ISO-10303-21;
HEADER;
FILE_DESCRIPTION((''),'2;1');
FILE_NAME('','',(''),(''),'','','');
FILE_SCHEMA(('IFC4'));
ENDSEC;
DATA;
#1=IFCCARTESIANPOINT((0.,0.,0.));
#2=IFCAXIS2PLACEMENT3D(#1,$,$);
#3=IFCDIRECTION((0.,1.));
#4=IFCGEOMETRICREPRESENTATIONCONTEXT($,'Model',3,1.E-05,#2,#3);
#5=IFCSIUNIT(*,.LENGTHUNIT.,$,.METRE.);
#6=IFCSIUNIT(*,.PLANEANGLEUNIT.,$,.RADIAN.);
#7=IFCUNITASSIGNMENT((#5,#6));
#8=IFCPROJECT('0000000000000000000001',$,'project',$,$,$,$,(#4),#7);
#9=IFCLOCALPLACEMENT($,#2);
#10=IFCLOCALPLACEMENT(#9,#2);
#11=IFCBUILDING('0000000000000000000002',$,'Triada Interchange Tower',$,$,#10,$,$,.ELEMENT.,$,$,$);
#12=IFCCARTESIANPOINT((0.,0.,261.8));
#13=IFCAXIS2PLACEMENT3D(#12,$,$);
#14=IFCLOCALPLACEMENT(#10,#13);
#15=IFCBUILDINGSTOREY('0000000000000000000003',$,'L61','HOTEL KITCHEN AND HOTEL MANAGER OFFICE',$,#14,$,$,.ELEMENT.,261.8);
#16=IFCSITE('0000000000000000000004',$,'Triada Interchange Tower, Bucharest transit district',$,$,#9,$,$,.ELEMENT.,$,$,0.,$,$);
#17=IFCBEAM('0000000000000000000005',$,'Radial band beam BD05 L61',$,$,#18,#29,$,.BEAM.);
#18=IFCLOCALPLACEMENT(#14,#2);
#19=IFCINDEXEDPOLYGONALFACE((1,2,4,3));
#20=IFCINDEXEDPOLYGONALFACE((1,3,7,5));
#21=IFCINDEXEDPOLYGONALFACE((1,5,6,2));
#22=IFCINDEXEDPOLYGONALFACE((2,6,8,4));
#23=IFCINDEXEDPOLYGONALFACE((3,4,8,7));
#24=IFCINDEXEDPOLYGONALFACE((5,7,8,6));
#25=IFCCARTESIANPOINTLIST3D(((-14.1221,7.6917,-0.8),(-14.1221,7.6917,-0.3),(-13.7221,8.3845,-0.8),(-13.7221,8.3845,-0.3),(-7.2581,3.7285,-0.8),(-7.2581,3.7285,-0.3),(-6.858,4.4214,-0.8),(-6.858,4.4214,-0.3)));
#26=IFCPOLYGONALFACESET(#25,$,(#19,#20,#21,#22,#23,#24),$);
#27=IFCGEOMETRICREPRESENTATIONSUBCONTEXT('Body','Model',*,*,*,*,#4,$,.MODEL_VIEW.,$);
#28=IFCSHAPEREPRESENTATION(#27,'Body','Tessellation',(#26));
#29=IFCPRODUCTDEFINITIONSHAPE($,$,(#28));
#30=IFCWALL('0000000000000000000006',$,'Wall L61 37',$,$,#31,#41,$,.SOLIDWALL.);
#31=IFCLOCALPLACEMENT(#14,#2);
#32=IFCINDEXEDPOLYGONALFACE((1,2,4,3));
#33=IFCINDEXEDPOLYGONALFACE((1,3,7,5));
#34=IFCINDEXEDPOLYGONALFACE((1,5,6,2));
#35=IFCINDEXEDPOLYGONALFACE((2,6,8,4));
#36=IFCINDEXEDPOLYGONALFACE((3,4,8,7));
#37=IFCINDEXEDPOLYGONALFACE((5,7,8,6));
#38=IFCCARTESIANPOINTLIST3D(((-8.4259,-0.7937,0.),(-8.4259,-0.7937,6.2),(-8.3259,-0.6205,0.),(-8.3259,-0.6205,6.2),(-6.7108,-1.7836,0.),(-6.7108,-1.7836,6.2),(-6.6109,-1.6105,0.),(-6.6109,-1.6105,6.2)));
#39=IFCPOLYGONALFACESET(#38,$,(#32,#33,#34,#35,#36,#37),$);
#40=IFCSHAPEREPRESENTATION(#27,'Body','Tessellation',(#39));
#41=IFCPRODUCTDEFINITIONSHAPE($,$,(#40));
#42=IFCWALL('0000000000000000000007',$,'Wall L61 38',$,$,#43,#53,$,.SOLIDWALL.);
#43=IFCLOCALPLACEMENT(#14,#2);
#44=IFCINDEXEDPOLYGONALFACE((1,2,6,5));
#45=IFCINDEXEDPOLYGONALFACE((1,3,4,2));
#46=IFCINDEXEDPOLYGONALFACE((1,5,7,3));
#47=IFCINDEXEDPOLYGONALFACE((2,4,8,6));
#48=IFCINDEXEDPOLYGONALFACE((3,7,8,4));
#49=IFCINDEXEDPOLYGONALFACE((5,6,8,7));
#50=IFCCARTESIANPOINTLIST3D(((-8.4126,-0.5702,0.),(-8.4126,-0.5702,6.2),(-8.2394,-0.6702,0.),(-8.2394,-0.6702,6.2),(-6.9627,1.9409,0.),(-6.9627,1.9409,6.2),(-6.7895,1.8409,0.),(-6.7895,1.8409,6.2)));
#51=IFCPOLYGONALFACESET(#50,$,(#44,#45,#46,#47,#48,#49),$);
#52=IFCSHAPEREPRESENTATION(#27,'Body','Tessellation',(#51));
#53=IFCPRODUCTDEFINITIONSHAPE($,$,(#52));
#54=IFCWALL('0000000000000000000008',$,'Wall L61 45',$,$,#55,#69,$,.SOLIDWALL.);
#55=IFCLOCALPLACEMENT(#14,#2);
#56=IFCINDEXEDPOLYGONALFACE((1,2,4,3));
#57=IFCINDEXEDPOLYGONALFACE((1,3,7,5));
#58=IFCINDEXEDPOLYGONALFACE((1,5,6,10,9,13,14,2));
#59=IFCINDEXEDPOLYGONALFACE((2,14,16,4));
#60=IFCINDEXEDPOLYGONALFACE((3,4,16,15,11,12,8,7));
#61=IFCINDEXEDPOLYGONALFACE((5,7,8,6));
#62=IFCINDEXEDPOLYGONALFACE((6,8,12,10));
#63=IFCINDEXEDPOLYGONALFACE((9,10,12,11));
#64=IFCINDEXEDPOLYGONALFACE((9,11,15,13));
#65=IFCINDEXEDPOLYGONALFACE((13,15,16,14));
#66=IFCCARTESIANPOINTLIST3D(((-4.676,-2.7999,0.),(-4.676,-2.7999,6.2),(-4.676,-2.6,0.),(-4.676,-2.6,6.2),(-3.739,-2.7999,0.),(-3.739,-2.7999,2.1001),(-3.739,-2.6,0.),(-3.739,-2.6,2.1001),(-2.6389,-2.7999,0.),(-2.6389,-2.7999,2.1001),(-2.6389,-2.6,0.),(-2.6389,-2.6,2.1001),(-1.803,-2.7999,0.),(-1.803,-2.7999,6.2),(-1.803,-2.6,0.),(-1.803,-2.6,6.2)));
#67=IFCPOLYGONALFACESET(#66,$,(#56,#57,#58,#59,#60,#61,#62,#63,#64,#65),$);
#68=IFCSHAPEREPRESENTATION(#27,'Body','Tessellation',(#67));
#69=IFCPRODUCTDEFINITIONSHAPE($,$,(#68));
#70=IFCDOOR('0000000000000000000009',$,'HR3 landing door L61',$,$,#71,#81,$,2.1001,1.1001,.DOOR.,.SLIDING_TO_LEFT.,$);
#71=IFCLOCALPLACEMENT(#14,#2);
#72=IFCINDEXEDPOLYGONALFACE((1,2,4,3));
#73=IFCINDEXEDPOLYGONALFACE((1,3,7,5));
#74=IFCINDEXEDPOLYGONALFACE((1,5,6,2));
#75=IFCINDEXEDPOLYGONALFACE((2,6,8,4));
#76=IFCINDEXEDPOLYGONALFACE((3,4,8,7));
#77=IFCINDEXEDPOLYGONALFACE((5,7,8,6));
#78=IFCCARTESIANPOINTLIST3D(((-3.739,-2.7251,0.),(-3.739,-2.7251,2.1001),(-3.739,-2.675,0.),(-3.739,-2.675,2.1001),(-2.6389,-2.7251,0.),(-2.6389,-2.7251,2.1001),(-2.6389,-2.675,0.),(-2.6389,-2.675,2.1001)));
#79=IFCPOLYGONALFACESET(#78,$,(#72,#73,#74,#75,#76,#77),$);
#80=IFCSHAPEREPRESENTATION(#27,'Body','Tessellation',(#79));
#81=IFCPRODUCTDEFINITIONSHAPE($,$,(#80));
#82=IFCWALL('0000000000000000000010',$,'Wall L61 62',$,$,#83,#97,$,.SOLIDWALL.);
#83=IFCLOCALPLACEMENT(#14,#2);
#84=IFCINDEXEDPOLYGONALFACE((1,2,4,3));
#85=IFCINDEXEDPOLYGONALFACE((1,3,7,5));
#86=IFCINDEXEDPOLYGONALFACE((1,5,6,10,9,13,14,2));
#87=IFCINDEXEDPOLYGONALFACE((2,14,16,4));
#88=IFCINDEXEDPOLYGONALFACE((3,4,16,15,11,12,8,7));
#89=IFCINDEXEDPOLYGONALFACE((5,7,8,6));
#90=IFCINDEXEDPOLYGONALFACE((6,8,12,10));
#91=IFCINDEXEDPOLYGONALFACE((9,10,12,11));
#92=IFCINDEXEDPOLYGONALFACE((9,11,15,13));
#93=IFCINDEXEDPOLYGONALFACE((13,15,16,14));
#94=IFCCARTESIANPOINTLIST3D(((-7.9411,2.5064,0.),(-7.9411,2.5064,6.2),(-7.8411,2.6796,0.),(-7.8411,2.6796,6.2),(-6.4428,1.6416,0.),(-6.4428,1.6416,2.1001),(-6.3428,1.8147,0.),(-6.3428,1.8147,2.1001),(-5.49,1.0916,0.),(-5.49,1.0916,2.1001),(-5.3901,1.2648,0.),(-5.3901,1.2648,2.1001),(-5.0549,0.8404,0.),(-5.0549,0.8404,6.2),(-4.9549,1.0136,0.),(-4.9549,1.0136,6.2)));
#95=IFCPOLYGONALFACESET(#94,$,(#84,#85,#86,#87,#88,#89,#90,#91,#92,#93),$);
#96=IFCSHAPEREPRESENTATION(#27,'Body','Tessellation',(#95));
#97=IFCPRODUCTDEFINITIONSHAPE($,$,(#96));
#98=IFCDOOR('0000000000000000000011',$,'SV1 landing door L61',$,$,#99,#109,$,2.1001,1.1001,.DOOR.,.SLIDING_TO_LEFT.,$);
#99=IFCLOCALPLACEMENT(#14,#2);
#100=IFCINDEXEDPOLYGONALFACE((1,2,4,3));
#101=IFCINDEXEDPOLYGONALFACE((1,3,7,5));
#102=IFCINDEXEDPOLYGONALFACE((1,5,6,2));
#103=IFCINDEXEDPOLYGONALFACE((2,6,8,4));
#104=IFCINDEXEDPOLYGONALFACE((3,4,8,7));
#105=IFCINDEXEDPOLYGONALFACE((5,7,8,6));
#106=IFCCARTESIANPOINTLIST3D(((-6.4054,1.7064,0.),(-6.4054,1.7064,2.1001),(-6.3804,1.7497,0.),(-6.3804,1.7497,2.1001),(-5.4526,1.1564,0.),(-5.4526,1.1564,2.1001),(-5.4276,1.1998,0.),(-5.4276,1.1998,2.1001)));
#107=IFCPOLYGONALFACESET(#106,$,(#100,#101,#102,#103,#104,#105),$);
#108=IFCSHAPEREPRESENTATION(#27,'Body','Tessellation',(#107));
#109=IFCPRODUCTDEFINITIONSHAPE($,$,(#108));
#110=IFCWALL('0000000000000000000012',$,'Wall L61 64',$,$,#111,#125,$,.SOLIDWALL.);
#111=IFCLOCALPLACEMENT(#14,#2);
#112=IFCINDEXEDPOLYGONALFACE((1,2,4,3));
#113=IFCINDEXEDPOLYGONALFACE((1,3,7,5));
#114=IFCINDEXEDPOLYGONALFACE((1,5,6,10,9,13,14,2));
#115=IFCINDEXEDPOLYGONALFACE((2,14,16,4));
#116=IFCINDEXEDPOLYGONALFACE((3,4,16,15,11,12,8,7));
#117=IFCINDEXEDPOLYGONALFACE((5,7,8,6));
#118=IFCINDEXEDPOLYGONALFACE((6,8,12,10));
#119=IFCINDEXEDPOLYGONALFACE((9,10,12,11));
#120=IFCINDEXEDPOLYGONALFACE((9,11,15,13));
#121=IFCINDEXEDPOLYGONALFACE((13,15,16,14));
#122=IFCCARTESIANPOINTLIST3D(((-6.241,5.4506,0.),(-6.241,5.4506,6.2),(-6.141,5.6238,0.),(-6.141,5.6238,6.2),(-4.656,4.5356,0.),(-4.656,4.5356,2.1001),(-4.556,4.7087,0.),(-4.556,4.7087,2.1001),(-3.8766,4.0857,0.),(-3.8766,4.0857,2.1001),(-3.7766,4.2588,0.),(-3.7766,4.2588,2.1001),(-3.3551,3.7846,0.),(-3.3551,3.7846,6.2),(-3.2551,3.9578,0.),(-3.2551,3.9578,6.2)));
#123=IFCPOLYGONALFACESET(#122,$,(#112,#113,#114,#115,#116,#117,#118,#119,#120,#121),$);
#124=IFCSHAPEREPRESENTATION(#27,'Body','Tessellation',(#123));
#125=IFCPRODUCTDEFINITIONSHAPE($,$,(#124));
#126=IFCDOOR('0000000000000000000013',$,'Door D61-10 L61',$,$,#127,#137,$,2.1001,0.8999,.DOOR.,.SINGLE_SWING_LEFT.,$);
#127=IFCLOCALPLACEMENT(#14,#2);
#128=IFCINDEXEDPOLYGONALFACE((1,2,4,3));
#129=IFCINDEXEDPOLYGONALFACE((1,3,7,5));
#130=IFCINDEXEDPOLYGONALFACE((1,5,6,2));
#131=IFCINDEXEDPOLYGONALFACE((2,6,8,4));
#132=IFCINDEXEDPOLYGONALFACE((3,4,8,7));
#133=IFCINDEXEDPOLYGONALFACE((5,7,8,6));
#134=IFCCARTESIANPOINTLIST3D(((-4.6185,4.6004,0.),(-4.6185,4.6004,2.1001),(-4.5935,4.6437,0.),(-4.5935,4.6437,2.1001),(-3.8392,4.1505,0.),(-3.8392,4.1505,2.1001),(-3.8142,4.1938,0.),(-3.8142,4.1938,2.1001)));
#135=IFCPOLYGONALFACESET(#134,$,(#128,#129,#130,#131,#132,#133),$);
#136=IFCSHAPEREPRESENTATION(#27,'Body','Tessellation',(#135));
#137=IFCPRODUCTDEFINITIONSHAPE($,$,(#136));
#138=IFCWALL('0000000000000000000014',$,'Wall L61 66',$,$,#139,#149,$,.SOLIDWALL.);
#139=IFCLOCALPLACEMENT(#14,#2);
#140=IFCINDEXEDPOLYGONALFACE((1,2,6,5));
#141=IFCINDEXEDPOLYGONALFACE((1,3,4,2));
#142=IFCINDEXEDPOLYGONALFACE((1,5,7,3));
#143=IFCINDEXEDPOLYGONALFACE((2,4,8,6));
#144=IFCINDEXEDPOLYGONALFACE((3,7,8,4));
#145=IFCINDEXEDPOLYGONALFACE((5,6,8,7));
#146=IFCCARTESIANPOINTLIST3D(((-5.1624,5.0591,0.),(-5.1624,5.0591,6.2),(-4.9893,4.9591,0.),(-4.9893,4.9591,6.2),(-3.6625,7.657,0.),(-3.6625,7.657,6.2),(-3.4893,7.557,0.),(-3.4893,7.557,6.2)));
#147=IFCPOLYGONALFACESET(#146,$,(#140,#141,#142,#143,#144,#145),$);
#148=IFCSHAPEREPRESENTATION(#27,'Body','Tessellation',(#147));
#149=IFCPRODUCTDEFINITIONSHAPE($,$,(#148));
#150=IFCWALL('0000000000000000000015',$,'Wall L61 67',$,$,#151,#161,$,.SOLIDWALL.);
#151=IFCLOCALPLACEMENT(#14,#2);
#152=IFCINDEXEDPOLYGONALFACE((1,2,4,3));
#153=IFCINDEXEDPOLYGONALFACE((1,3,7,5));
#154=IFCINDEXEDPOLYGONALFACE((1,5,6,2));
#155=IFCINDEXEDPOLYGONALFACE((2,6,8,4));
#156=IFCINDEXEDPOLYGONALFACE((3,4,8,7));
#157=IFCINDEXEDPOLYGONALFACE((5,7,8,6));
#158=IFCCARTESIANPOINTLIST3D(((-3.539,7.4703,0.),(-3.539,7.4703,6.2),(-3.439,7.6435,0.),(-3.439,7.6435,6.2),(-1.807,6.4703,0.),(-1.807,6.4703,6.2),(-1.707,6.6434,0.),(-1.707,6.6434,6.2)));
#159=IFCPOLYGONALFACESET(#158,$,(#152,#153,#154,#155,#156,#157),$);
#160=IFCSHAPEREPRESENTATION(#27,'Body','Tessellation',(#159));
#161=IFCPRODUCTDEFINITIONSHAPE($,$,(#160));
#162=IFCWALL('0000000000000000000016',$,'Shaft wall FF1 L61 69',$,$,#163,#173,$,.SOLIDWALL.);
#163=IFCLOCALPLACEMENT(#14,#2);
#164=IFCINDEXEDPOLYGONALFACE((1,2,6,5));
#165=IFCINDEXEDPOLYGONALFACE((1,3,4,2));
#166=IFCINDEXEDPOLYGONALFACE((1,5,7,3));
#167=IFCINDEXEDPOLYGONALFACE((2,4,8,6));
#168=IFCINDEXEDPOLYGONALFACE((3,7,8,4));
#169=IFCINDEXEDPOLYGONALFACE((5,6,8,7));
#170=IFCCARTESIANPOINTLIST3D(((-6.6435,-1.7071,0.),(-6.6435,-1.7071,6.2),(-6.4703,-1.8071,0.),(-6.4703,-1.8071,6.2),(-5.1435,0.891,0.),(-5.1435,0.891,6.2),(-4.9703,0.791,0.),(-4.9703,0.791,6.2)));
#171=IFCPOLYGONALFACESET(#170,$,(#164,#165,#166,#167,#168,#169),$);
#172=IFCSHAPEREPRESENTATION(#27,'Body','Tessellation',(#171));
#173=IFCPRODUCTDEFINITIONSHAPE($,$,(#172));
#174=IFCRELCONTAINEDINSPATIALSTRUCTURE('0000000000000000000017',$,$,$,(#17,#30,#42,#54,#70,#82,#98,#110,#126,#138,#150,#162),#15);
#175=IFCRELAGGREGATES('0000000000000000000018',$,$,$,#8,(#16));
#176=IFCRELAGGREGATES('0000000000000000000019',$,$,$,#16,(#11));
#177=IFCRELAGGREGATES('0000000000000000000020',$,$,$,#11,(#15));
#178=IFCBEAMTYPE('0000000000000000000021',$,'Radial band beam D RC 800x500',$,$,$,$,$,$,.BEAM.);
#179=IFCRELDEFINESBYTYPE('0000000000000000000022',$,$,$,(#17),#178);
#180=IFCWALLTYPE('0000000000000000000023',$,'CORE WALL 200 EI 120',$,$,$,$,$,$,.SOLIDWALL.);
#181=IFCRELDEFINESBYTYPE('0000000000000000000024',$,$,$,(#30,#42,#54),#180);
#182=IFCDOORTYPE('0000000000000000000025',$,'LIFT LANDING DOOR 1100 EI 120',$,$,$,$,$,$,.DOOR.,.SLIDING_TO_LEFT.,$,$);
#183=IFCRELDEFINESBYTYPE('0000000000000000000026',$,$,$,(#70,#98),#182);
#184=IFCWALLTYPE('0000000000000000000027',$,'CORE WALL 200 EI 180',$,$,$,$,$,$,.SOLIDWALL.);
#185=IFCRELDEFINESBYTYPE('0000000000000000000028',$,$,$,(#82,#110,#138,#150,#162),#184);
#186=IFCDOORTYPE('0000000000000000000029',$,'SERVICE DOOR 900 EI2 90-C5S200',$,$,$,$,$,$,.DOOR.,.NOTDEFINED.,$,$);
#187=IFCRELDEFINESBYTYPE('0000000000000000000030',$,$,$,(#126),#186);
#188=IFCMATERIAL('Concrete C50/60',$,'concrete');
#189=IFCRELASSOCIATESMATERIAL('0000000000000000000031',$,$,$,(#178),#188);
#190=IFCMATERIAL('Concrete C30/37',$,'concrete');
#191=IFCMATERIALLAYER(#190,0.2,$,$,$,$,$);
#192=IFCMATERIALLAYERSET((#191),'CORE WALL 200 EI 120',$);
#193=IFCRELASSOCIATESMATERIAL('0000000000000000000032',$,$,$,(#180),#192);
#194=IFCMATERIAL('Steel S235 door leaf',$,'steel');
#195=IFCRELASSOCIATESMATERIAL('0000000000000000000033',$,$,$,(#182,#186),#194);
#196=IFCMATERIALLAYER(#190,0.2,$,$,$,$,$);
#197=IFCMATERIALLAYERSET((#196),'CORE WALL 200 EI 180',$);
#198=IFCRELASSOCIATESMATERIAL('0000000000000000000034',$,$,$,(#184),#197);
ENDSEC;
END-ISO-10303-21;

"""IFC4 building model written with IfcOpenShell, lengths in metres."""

from ifc_helpers import new_model, si_unit, direction, frame, frame_2d, origin, origin_2d, place, context, subcontext, project, spatial, rectangle, extrude, material, layer, layer_set, material_profile, profile_set, type_object, element, fill, save


model = new_model("IFC4")

# Units and contexts
model_context = context("Model", 3, precision=1e-05, world=origin(), true_north=direction((0.0, 1.0)))
body_context = subcontext(model_context, "Body", "Model", "MODEL_VIEW")
ifc_project = project(units=[si_unit("LENGTHUNIT", "METRE"), si_unit("PLANEANGLEUNIT", "RADIAN")], contexts=[model_context])

# Site, building, storey
site_placement = place(None, origin())
site = spatial("IfcSite", under=ifc_project, at=site_placement, Name="Triada Interchange Tower, Bucharest transit district", CompositionType="ELEMENT", RefElevation=0.0)
building_placement = place(site_placement, origin())
building = spatial("IfcBuilding", under=site, at=building_placement, Name="Triada Interchange Tower", CompositionType="ELEMENT")
storey_placement = place(building_placement, frame((0.0, 0.0, 261.8)))
storey = spatial("IfcBuildingStorey", under=building, at=storey_placement, Name="L61", Description="HOTEL KITCHEN AND HOTEL MANAGER OFFICE", CompositionType="ELEMENT", Elevation=261.8)

# Beam
ifc_material_1 = material(Name="Concrete C50/60", Category="concrete")
ifc_material_profile = material_profile(ifc_material_1, rectangle(XDim=0.8, YDim=0.5, at=origin_2d()), Name="RC 800x500")
ifc_profile_set = profile_set([ifc_material_profile], Name="Concrete C50/60")
beam_type = type_object("IfcBeamType", Name="Radial band beam D RC 800x500", PredefinedType="BEAM", material=ifc_profile_set)
beam_placement = place(storey_placement, frame((-13.9221, 8.0381, -0.55), z_axis=(0.866015, -0.500018, 0.0), x_axis=(0.500018, 0.866015, 0.0)))
element("IfcBeam", 1, at=beam_placement, inside=storey, type_object=beam_type, Name="Radial band beam BD05 L61", PredefinedType="BEAM", context=body_context, shape_type="SweptSolid", body=[
    extrude(rectangle(XDim=0.8, YDim=0.5, at=origin_2d()), origin(), (0.0, 0.0, 1.0), 7.926),
])

# Walls
ifc_material_2 = material(Name="Concrete C30/37", Category="concrete")
ifc_layer_1 = layer(ifc_material_2, 0.2)
ifc_layer_set_1 = layer_set([ifc_layer_1], Name="CORE WALL 200 EI 120")
wall_type_1 = type_object("IfcWallType", Name="CORE WALL 200 EI 120", PredefinedType="SOLIDWALL", material=ifc_layer_set_1)
wall_1_placement = place(storey_placement, frame((-8.376, -0.707, 0.0), z_axis=(0.0, 0.0, 1.0), x_axis=(0.866073, -0.499918, 0.0)))
element("IfcWall", 2, at=wall_1_placement, inside=storey, type_object=wall_type_1, Name="Wall L61 37", PredefinedType="SOLIDWALL", context=body_context, shape_type="SweptSolid", body=[
    extrude(rectangle(XDim=1.9802, YDim=0.2, at=frame_2d((0.9902, 0.0))), origin(), (0.0, 0.0, 1.0), 6.2),
])
wall_2_placement = place(storey_placement, frame((-8.3259, -0.6201, 0.0), z_axis=(0.0, 0.0, 1.0), x_axis=(0.500024, 0.866012, 0.0)))
element("IfcWall", 3, at=wall_2_placement, inside=storey, type_object=wall_type_1, Name="Wall L61 38", PredefinedType="SOLIDWALL", context=body_context, shape_type="SweptSolid", body=[
    extrude(rectangle(XDim=2.8997, YDim=0.2, at=frame_2d((1.4497, 0.0))), origin(), (0.0, 0.0, 1.0), 6.2),
])

# Walls, openings, doors
wall_3_placement = place(storey_placement, frame((-4.676, -2.7, 0.0), z_axis=(0.0, 0.0, 1.0), x_axis=(1.0, 0.0, 0.0)))
wall_3 = element("IfcWall", 4, at=wall_3_placement, inside=storey, type_object=wall_type_1, Name="Wall L61 45", PredefinedType="SOLIDWALL", context=body_context, shape_type="SweptSolid", body=[
    extrude(rectangle(XDim=2.873, YDim=0.2, at=frame_2d((1.4365, 0.0))), origin(), (0.0, 0.0, 1.0), 6.2),
])
opening_1_placement = place(wall_3_placement, frame((0.937, 0.0, 0.0)))
opening_1 = element("IfcOpeningElement", 5, at=opening_1_placement, cuts=wall_3, PredefinedType="OPENING", context=body_context, shape_type="SweptSolid", body=[
    extrude(rectangle(XDim=1.1001, YDim=2.1001, at=frame_2d((0.55, 1.05))), frame((0.0, 0.1099, 0.0), z_axis=(0.0, -1.0, 0.0), x_axis=(1.0, 0.0, 0.0)), (0.0, 0.0, 1.0), 0.22),
])
ifc_material_3 = material(Name="Steel S235 door leaf", Category="steel")
door_type_1 = type_object("IfcDoorType", Name="LIFT LANDING DOOR 1100 EI 120", OperationType="SLIDING_TO_LEFT", PredefinedType="DOOR", material=ifc_material_3)
door_1_placement = place(opening_1_placement, origin())
door_1 = element("IfcDoor", 6, at=door_1_placement, inside=storey, type_object=door_type_1, Name="HR3 landing door L61", OperationType="SLIDING_TO_LEFT", OverallHeight=2.1001, OverallWidth=1.1001, PredefinedType="DOOR", context=body_context, shape_type="SweptSolid", body=[
    extrude(rectangle(XDim=1.1001, YDim=2.1001, at=frame_2d((0.55, 1.05))), frame((0.0, 0.0249, 0.0), z_axis=(0.0, -1.0, 0.0), x_axis=(1.0, 0.0, 0.0)), (0.0, 0.0, 1.0), 0.05),
])
fill(opening_1, door_1)
ifc_layer_2 = layer(ifc_material_2, 0.2)
ifc_layer_set_2 = layer_set([ifc_layer_2], Name="CORE WALL 200 EI 180")
wall_type_2 = type_object("IfcWallType", Name="CORE WALL 200 EI 180", PredefinedType="SOLIDWALL", material=ifc_layer_set_2)
wall_4_placement = place(storey_placement, frame((-7.8911, 2.593, 0.0), z_axis=(0.0, 0.0, 1.0), x_axis=(0.866071, -0.499921, 0.0)))
wall_4 = element("IfcWall", 7, at=wall_4_placement, inside=storey, type_object=wall_type_2, Name="Wall L61 62", PredefinedType="SOLIDWALL", context=body_context, shape_type="SweptSolid", body=[
    extrude(rectangle(XDim=3.3325, YDim=0.2, at=frame_2d((1.6663, 0.0))), origin(), (0.0, 0.0, 1.0), 6.2),
])
opening_2_placement = place(wall_4_placement, frame((1.73, 0.0, 0.0)))
opening_2 = element("IfcOpeningElement", 8, at=opening_2_placement, cuts=wall_4, PredefinedType="OPENING", context=body_context, shape_type="SweptSolid", body=[
    extrude(rectangle(XDim=1.1001, YDim=2.1001, at=frame_2d((0.55, 1.05))), frame((0.0, 0.1099, 0.0), z_axis=(0.0, -1.0, 0.0), x_axis=(1.0, 0.0, 0.0)), (0.0, 0.0, 1.0), 0.22),
])
door_2_placement = place(opening_2_placement, origin())
door_2 = element("IfcDoor", 9, at=door_2_placement, inside=storey, type_object=door_type_1, Name="SV1 landing door L61", OperationType="SLIDING_TO_LEFT", OverallHeight=2.1001, OverallWidth=1.1001, PredefinedType="DOOR", context=body_context, shape_type="SweptSolid", body=[
    extrude(rectangle(XDim=1.1001, YDim=2.1001, at=frame_2d((0.55, 1.05))), frame((0.0, 0.0249, 0.0), z_axis=(0.0, -1.0, 0.0), x_axis=(1.0, 0.0, 0.0)), (0.0, 0.0, 1.0), 0.05),
])
fill(opening_2, door_2)
wall_5_placement = place(storey_placement, frame((-6.1909, 5.5371, 0.0), z_axis=(0.0, 0.0, 1.0), x_axis=(0.866053, -0.499953, 0.0)))
wall_5 = element("IfcWall", 10, at=wall_5_placement, inside=storey, type_object=wall_type_2, Name="Wall L61 64", PredefinedType="SOLIDWALL", context=body_context, shape_type="SweptSolid", body=[
    extrude(rectangle(XDim=3.3323, YDim=0.2, at=frame_2d((1.666, 0.0))), origin(), (0.0, 0.0, 1.0), 6.2),
])
opening_3_placement = place(wall_5_placement, frame((1.8301, 0.0, 0.0)))
opening_3 = element("IfcOpeningElement", 11, at=opening_3_placement, cuts=wall_5, PredefinedType="OPENING", context=body_context, shape_type="SweptSolid", body=[
    extrude(rectangle(XDim=0.8999, YDim=2.1001, at=frame_2d((0.45, 1.05))), frame((0.0, 0.1099, 0.0), z_axis=(0.0, -1.0, 0.0), x_axis=(1.0, 0.0, 0.0)), (0.0, 0.0, 1.0), 0.22),
])
door_type_2 = type_object("IfcDoorType", Name="SERVICE DOOR 900 EI2 90-C5S200", OperationType="NOTDEFINED", PredefinedType="DOOR", material=ifc_material_3)
door_3_placement = place(opening_3_placement, origin())
door_3 = element("IfcDoor", 12, at=door_3_placement, inside=storey, type_object=door_type_2, Name="Door D61-10 L61", OperationType="SINGLE_SWING_LEFT", OverallHeight=2.1001, OverallWidth=0.8999, PredefinedType="DOOR", context=body_context, shape_type="SweptSolid", body=[
    extrude(rectangle(XDim=0.8999, YDim=2.1001, at=frame_2d((0.45, 1.05))), frame((0.0, 0.0249, 0.0), z_axis=(0.0, -1.0, 0.0), x_axis=(1.0, 0.0, 0.0)), (0.0, 0.0, 1.0), 0.05),
])
fill(opening_3, door_3)

# Walls
wall_6_placement = place(storey_placement, frame((-5.0759, 5.009, 0.0), z_axis=(0.0, 0.0, 1.0), x_axis=(0.500025, 0.866011, 0.0)))
element("IfcWall", 13, at=wall_6_placement, inside=storey, type_object=wall_type_2, Name="Wall L61 66", PredefinedType="SOLIDWALL", context=body_context, shape_type="SweptSolid", body=[
    extrude(rectangle(XDim=2.9998, YDim=0.2, at=frame_2d((1.5, 0.0))), origin(), (0.0, 0.0, 1.0), 6.2),
])
wall_7_placement = place(storey_placement, frame((-3.489, 7.5569, 0.0), z_axis=(0.0, 0.0, 1.0), x_axis=(0.866011, -0.500025, 0.0)))
element("IfcWall", 14, at=wall_7_placement, inside=storey, type_object=wall_type_2, Name="Wall L61 67", PredefinedType="SOLIDWALL", context=body_context, shape_type="SweptSolid", body=[
    extrude(rectangle(XDim=2.0, YDim=0.2, at=frame_2d((1.0, 0.0))), origin(), (0.0, 0.0, 1.0), 6.2),
])
wall_8_placement = place(storey_placement, frame((-6.5569, -1.7571, 0.0), z_axis=(0.0, 0.0, 1.0), x_axis=(0.49999, 0.866031, 0.0)))
element("IfcWall", 15, at=wall_8_placement, inside=storey, type_object=wall_type_2, Name="Shaft wall FF1 L61 69", PredefinedType="SOLIDWALL", context=body_context, shape_type="SweptSolid", body=[
    extrude(rectangle(XDim=3.0, YDim=0.2, at=frame_2d((1.5, 0.0))), origin(), (0.0, 0.0, 1.0), 6.2),
])

save(model, "model.ifc")
